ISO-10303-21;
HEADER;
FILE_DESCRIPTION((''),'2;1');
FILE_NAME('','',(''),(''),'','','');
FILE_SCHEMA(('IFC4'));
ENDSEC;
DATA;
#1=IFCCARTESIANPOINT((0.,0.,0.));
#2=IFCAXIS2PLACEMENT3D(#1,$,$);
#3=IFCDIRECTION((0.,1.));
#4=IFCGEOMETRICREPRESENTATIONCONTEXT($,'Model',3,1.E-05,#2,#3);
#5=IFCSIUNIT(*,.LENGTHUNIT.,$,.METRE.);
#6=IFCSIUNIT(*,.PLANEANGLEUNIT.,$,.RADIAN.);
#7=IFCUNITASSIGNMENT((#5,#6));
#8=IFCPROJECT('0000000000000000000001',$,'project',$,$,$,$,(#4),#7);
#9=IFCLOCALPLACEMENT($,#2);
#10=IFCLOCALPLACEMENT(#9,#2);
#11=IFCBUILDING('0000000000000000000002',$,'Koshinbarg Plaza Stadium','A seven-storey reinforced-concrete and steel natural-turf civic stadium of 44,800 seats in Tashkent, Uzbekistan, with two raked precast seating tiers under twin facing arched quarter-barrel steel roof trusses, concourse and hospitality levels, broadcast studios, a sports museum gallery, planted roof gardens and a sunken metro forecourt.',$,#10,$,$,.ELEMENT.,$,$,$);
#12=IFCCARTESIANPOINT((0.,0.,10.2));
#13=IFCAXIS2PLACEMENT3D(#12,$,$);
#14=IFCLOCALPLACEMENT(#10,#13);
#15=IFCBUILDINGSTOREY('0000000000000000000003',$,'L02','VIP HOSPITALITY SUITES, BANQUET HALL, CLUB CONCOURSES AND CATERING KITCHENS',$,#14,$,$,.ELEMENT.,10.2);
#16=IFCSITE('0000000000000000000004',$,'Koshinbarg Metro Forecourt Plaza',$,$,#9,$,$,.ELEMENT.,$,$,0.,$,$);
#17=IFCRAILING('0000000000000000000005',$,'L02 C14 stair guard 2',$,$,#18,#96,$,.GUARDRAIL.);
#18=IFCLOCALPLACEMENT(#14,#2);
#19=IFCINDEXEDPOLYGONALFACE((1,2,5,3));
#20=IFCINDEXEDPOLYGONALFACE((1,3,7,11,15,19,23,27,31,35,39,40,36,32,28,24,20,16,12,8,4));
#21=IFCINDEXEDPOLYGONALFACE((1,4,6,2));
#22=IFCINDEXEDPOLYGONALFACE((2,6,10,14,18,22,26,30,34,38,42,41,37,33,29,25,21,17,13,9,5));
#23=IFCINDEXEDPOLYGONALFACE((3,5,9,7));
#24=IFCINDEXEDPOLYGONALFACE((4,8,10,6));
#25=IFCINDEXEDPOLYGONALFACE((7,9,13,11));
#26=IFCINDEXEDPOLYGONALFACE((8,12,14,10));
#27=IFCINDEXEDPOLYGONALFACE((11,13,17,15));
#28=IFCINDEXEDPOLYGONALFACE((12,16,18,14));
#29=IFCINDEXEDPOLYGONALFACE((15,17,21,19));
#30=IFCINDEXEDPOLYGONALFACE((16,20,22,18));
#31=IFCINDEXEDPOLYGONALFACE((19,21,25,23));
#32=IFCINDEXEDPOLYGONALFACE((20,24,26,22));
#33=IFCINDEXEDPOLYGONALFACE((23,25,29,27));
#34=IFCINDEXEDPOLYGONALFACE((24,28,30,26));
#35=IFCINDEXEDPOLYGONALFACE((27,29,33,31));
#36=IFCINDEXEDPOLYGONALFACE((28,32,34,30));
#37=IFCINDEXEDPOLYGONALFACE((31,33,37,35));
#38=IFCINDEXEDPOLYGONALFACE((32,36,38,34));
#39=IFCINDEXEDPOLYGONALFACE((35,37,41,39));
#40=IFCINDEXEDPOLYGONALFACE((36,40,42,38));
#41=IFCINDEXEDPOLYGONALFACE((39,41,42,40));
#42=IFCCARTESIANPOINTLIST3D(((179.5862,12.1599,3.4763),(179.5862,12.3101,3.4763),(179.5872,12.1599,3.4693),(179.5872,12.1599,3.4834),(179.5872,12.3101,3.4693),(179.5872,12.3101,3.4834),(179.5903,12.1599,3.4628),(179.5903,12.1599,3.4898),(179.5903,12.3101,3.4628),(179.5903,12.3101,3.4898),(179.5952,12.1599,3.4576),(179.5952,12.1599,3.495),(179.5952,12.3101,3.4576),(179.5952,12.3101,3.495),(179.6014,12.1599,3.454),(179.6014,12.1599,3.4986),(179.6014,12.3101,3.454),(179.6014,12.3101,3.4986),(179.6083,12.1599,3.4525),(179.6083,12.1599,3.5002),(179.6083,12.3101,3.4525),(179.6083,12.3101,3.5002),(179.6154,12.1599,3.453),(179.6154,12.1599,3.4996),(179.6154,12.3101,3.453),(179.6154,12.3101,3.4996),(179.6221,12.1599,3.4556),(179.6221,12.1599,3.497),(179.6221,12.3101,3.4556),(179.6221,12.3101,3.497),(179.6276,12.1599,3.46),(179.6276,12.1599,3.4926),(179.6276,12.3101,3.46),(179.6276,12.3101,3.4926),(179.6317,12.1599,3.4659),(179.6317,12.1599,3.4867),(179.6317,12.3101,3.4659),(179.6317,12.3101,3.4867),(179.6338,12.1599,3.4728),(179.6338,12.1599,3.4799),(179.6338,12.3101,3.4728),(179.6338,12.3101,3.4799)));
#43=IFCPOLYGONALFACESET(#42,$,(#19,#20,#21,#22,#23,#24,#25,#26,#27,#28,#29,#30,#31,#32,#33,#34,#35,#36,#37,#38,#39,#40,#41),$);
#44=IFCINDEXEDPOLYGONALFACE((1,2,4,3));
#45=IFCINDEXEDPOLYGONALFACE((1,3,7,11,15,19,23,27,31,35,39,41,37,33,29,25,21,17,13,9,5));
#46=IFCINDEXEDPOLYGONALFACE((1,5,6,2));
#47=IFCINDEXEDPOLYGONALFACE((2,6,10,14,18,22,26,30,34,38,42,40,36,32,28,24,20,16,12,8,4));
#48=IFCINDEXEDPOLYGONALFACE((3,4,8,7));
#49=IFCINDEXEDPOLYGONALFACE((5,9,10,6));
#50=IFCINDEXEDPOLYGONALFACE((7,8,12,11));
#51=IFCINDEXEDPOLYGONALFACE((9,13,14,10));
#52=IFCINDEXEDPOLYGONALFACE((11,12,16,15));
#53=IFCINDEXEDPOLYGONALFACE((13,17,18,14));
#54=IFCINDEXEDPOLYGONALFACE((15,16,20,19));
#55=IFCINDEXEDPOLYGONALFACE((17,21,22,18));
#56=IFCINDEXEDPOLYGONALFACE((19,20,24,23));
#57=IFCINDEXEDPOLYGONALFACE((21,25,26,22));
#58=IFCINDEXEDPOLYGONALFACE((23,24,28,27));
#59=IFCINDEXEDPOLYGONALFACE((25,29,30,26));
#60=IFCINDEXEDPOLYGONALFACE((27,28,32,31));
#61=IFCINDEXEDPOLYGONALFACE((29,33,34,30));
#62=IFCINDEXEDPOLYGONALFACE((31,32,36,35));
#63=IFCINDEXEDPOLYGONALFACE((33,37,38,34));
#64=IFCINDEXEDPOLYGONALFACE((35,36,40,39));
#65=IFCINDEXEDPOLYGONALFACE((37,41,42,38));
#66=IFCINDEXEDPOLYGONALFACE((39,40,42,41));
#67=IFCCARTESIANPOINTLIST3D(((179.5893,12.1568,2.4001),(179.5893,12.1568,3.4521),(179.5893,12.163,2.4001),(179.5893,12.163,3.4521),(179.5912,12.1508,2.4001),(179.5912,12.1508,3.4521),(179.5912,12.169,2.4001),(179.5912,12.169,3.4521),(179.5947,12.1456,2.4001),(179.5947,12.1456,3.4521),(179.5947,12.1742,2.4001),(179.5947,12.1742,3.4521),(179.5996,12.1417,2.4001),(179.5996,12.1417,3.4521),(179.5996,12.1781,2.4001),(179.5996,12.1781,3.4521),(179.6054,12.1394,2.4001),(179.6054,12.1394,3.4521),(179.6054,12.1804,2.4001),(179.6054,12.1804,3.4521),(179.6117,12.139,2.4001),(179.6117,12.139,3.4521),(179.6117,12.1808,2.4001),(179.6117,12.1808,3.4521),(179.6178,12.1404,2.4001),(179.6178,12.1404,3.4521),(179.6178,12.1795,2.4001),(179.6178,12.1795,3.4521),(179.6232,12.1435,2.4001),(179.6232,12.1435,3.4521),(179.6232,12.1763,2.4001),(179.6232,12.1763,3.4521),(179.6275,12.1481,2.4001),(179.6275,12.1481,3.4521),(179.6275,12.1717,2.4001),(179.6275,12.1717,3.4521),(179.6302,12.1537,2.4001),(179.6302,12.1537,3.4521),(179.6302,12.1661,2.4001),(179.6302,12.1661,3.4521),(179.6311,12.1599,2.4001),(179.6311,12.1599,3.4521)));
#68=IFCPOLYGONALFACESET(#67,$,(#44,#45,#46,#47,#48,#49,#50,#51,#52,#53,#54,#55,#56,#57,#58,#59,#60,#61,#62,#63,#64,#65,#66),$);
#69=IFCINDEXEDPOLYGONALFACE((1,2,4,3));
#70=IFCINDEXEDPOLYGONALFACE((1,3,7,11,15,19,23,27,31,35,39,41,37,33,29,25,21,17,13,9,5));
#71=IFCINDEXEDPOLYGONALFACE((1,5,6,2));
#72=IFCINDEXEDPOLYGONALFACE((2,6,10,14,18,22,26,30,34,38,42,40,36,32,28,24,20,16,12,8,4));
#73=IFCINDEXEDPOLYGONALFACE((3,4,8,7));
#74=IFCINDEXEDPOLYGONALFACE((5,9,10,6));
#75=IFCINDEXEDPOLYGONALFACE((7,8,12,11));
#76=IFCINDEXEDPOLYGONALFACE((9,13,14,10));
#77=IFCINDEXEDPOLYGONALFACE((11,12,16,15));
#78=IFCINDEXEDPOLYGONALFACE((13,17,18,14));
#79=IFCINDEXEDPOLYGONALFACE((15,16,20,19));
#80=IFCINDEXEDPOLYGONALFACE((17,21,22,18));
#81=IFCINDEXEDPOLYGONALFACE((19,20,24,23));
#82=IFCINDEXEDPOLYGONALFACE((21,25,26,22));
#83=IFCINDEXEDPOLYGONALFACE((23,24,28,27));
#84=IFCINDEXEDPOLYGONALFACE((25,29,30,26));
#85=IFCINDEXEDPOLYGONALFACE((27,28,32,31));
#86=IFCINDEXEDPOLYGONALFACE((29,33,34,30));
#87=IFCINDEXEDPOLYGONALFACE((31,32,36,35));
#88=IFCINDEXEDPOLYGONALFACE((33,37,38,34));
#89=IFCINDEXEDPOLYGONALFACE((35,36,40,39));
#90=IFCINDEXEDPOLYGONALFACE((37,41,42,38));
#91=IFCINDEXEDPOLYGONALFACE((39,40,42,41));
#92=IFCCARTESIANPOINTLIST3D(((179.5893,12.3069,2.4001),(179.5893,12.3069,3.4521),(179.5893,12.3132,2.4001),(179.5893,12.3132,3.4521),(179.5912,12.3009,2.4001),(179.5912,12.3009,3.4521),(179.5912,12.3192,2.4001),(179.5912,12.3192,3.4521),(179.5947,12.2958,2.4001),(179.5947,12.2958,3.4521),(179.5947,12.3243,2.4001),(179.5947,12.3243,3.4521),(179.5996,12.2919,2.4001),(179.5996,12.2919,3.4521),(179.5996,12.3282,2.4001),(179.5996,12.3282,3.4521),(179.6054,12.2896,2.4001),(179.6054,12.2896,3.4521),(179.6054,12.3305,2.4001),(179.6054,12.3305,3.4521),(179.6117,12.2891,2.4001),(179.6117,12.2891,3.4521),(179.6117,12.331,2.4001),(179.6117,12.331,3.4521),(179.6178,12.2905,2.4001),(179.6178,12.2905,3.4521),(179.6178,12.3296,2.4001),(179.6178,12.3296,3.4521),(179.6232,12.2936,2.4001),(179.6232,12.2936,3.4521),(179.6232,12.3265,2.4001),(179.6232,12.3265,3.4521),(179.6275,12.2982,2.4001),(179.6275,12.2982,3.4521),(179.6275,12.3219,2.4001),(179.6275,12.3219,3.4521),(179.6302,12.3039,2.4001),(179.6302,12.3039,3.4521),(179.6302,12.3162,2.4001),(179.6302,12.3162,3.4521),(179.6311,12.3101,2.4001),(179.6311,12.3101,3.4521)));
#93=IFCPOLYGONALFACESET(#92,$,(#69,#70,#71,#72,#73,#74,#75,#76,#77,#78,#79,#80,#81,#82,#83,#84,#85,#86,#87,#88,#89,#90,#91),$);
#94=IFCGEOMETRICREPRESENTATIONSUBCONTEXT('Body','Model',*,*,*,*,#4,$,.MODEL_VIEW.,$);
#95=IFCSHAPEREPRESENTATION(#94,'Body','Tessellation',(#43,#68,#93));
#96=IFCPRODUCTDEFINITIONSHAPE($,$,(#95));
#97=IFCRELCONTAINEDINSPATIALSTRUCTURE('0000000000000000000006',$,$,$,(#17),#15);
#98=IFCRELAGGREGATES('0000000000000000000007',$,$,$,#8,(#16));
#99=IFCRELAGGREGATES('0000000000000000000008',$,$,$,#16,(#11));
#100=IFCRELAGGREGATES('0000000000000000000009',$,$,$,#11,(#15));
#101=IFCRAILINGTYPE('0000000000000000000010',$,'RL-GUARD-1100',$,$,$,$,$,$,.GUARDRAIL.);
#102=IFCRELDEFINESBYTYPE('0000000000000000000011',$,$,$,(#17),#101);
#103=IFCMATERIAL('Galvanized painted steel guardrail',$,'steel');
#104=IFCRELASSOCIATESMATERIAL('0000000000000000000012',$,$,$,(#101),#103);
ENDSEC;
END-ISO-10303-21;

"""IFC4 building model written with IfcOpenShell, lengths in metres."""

from ifc_helpers import new_model, si_unit, direction, frame, origin, origin_2d, place, context, subcontext, project, spatial, circle, extrude, material, type_object, element, save


model = new_model("IFC4")

# Units and contexts
model_context = context("Model", 3, precision=1e-05, world=origin(), true_north=direction((0.0, 1.0)))
body_context = subcontext(model_context, "Body", "Model", "MODEL_VIEW")
ifc_project = project(units=[si_unit("LENGTHUNIT", "METRE"), si_unit("PLANEANGLEUNIT", "RADIAN")], contexts=[model_context])

# Site, building, storey
site_placement = place(None, origin())
site = spatial("IfcSite", under=ifc_project, at=site_placement, Name="Koshinbarg Metro Forecourt Plaza", CompositionType="ELEMENT", RefElevation=0.0)
building_placement = place(site_placement, origin())
building = spatial("IfcBuilding", under=site, at=building_placement, Name="Koshinbarg Plaza Stadium", Description="A seven-storey reinforced-concrete and steel natural-turf civic stadium of 44,800 seats in Tashkent, Uzbekistan, with two raked precast seating tiers under twin facing arched quarter-barrel steel roof trusses, concourse and hospitality levels, broadcast studios, a sports museum gallery, planted roof gardens and a sunken metro forecourt.", CompositionType="ELEMENT")
storey_placement = place(building_placement, frame((0.0, 0.0, 10.2)))
storey = spatial("IfcBuildingStorey", under=building, at=storey_placement, Name="L02", Description="VIP HOSPITALITY SUITES, BANQUET HALL, CLUB CONCOURSES AND CATERING KITCHENS", CompositionType="ELEMENT", Elevation=10.2)

# Railing
ifc_material_1 = material(Name="Galvanized painted steel guardrail", Category="steel")
railing_type_1 = type_object("IfcRailingType", Name="RL-GUARD-1100", PredefinedType="GUARDRAIL", material=ifc_material_1)
railing_1_placement = place(storey_placement, frame((179.6101, 12.1599, 2.4001)))
element("IfcRailing", 1, at=railing_1_placement, inside=storey, type_object=railing_type_1, Name="L02 C14 stair guard 2", PredefinedType="GUARDRAIL", context=body_context, shape_type="SweptSolid", body=[
    extrude(circle(Radius=0.0239, at=origin_2d()), frame((0.0, 0.0, 1.0762), z_axis=(0.0, 1.0, 0.0), x_axis=(-1.0, 0.0, 0.0)), (0.0, 0.0, 1.0), 0.1501),
    extrude(circle(Radius=0.021, at=origin_2d()), origin(), (0.0, 0.0, 1.0), 1.052),
    extrude(circle(Radius=0.021, at=origin_2d()), frame((0.0, 0.1501, 0.0)), (0.0, 0.0, 1.0), 1.052),
])

save(model, "model.ifc")
